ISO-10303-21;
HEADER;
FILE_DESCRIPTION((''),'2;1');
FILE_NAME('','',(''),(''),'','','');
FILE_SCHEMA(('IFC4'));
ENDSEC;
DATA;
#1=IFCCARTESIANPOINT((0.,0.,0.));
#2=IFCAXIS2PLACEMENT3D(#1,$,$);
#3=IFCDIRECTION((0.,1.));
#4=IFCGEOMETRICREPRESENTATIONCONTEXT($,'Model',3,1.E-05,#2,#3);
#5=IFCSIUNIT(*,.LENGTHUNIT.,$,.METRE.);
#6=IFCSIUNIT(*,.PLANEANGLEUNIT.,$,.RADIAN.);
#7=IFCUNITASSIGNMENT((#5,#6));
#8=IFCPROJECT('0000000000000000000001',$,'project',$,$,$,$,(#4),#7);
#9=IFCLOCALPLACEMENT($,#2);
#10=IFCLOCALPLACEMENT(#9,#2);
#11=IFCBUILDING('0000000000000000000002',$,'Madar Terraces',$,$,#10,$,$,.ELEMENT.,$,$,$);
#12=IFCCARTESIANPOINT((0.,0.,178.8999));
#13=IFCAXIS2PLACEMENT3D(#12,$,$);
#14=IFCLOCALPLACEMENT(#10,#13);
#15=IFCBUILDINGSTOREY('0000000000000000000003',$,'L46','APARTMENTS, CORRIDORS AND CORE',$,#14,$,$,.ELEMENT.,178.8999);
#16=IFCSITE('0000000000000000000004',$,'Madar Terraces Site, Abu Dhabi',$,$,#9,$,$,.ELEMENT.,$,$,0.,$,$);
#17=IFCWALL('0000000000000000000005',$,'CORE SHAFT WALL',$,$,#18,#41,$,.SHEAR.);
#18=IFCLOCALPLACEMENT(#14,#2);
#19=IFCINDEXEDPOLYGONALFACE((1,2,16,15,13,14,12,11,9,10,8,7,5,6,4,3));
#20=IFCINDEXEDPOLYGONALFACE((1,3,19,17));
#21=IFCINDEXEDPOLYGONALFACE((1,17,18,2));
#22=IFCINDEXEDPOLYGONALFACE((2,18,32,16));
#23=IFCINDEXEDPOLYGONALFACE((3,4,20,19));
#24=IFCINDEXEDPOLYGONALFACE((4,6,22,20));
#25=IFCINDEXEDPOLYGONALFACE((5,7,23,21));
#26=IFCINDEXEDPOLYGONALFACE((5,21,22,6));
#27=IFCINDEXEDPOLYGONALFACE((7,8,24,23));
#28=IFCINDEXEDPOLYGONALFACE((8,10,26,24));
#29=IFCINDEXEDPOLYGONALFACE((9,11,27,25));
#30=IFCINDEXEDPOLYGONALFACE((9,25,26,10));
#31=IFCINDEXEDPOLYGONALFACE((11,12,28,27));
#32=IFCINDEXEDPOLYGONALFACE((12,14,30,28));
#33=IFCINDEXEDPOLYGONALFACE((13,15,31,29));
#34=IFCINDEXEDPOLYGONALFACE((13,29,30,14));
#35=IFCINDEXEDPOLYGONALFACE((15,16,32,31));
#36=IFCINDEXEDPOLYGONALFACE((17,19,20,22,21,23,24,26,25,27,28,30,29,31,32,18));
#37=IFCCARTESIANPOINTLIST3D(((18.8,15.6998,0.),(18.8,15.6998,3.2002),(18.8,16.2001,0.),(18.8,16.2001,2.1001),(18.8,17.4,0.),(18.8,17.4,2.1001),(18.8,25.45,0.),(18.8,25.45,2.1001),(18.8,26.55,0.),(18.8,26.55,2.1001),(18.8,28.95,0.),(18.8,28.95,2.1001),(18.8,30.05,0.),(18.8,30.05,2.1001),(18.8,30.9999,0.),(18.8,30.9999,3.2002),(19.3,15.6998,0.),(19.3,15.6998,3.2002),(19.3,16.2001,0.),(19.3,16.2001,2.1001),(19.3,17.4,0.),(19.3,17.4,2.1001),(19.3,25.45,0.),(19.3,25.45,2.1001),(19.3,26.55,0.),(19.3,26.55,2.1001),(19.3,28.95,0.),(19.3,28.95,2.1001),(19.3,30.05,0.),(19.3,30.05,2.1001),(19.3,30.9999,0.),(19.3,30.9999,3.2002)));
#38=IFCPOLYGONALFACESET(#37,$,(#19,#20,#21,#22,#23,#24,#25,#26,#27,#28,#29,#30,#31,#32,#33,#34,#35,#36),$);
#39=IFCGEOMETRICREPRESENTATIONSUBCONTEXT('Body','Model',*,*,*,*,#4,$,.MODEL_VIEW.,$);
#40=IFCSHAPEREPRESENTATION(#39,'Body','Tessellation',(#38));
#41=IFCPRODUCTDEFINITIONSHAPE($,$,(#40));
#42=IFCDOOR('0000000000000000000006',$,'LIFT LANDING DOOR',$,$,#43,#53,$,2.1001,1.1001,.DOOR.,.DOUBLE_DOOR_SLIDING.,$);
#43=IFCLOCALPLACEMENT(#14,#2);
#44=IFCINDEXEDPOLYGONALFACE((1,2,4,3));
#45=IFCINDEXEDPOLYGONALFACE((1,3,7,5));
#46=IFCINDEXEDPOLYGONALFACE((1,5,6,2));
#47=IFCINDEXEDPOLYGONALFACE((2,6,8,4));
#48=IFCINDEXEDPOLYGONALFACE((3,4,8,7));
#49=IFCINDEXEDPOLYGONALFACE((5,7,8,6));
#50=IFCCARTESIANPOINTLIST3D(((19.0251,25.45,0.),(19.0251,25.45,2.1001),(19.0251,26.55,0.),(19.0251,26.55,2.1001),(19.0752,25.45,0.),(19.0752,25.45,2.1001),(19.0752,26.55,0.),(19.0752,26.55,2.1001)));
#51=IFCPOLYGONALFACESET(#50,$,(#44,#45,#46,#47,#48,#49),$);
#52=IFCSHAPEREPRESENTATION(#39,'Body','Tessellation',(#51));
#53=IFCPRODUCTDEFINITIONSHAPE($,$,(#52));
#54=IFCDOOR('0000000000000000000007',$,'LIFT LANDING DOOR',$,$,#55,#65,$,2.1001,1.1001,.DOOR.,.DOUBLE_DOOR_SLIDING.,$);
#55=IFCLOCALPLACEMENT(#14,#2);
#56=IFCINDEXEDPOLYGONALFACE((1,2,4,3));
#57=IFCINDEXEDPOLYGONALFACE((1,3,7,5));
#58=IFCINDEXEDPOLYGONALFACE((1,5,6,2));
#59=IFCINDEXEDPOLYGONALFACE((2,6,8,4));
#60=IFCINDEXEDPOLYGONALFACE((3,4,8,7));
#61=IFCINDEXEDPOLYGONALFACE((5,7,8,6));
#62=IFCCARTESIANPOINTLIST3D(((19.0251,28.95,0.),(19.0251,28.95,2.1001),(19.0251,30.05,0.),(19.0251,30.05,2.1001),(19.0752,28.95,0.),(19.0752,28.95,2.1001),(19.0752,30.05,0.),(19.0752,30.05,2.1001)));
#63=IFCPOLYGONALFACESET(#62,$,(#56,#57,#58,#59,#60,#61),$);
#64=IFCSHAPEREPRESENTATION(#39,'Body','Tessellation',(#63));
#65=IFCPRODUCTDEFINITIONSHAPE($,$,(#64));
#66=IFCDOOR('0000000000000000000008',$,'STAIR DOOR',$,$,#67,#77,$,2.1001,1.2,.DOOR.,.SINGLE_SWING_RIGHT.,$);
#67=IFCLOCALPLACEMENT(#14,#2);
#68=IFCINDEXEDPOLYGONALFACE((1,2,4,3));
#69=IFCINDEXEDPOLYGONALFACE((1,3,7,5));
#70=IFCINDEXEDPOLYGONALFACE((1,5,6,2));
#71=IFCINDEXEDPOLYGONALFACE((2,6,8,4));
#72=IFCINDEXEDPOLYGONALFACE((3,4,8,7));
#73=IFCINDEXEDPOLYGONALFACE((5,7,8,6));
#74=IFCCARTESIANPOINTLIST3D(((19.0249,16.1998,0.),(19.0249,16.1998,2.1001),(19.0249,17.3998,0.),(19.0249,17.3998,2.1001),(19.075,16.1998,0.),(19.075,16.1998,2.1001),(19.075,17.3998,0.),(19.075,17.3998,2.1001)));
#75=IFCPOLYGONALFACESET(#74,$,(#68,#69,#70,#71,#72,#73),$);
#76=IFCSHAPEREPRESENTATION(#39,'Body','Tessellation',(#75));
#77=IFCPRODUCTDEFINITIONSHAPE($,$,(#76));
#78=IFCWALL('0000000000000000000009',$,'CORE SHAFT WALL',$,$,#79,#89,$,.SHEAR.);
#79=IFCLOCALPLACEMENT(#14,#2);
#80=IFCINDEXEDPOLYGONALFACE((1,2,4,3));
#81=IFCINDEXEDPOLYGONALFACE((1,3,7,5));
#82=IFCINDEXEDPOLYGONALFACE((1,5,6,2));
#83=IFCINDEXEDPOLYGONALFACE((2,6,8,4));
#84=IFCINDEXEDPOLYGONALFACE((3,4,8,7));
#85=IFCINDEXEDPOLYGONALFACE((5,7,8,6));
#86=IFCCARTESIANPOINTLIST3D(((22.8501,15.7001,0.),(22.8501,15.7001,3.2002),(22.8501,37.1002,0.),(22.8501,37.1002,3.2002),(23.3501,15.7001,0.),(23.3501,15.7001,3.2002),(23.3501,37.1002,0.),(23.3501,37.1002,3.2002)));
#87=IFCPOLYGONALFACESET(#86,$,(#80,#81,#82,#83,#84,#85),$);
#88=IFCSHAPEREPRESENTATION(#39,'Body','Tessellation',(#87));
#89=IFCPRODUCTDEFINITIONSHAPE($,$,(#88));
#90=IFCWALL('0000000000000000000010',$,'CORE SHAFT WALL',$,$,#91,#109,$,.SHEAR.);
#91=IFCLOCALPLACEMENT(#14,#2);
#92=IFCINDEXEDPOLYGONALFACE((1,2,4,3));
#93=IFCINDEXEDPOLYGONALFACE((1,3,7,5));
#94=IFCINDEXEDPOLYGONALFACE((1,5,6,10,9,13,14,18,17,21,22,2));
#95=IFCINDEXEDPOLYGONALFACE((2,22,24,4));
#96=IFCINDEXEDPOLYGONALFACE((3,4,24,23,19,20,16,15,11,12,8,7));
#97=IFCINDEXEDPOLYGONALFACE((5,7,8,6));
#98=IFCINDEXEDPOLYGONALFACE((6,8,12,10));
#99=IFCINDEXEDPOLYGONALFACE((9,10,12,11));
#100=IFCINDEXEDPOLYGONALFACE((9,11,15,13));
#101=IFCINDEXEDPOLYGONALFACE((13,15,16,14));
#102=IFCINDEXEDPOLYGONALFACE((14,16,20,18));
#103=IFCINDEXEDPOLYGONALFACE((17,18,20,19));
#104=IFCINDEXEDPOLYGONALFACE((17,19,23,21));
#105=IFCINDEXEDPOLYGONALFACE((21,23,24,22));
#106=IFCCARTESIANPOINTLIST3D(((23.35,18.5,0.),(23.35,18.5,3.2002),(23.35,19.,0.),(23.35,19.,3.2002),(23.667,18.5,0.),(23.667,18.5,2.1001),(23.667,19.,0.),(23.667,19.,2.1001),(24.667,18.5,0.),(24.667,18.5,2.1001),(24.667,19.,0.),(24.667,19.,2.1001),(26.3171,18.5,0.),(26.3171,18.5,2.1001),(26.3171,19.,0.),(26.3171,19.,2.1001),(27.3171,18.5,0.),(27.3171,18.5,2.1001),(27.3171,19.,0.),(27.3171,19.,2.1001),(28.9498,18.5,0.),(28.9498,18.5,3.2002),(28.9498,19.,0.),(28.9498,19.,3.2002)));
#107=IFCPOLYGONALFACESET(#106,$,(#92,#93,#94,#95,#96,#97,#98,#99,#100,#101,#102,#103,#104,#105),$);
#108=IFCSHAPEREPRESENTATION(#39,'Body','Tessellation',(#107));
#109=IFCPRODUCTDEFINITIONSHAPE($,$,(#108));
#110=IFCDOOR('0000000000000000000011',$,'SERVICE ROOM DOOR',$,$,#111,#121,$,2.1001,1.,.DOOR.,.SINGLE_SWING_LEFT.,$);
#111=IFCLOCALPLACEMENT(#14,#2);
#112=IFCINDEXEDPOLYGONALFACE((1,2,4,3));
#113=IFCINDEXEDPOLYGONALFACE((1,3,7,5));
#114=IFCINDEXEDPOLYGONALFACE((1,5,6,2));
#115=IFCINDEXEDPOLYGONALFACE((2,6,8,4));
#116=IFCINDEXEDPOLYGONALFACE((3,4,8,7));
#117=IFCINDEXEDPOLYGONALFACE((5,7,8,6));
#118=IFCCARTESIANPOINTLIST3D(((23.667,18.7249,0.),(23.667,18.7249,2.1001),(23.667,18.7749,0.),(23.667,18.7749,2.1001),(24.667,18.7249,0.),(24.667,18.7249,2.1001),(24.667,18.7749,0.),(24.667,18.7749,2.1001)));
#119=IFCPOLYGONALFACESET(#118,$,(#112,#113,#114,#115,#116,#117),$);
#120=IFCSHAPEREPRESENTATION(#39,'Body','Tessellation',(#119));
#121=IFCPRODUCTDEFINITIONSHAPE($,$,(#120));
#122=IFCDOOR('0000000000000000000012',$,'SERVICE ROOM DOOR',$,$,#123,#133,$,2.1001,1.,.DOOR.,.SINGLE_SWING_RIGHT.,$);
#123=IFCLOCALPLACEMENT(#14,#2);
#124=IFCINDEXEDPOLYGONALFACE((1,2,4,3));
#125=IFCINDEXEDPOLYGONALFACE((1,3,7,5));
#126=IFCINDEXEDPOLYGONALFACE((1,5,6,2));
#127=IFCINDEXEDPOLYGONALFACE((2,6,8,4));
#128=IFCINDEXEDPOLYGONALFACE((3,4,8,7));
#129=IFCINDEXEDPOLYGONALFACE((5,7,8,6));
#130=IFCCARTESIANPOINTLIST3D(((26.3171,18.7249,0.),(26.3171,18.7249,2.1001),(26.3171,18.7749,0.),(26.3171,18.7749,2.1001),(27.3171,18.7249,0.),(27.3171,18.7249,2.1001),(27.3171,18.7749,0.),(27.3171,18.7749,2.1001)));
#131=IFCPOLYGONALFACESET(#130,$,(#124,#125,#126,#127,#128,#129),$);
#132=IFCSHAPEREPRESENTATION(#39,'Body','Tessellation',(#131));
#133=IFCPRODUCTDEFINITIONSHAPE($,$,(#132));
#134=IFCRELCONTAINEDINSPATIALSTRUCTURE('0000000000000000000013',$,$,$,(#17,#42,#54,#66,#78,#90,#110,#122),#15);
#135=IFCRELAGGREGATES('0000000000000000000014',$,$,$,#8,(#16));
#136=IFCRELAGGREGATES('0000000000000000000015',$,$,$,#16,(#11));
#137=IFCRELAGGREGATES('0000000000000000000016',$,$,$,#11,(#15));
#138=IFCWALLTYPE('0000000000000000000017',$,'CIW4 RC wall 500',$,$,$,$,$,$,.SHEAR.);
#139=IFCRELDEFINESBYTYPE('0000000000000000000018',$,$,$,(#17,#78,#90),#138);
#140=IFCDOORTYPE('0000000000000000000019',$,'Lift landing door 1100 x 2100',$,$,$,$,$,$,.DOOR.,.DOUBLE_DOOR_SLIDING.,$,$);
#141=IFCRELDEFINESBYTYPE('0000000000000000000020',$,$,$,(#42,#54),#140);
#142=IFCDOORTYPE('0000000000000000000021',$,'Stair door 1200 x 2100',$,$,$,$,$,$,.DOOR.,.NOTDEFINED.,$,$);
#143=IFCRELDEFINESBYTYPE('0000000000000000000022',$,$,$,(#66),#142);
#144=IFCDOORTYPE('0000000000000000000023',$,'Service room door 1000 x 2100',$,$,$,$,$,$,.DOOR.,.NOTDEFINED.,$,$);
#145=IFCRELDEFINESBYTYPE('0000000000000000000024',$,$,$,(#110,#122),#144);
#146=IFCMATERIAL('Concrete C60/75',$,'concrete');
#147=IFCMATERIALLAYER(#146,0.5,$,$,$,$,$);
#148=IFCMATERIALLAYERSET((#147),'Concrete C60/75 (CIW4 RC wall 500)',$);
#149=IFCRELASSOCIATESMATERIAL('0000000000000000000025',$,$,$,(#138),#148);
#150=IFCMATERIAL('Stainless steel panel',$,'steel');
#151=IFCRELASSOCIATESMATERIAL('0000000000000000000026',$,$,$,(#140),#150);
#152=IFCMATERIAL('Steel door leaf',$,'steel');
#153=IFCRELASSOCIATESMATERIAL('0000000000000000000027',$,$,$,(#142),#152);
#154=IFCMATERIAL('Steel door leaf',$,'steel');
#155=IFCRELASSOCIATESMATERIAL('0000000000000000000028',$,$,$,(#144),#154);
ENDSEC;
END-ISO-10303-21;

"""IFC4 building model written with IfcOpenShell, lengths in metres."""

from ifc_helpers import new_model, si_unit, direction, frame, frame_2d, origin, place, context, subcontext, project, spatial, rectangle, extrude, material, layer, layer_set, type_object, element, fill, save


model = new_model("IFC4")

# Units and contexts
model_context = context("Model", 3, precision=1e-05, world=origin(), true_north=direction((0.0, 1.0)))
body_context = subcontext(model_context, "Body", "Model", "MODEL_VIEW")
ifc_project = project(units=[si_unit("LENGTHUNIT", "METRE"), si_unit("PLANEANGLEUNIT", "RADIAN")], contexts=[model_context])

# Site, building, storey
site_placement = place(None, origin())
site = spatial("IfcSite", under=ifc_project, at=site_placement, Name="Madar Terraces Site, Abu Dhabi", CompositionType="ELEMENT", RefElevation=0.0)
building_placement = place(site_placement, origin())
building = spatial("IfcBuilding", under=site, at=building_placement, Name="Madar Terraces", CompositionType="ELEMENT")
storey_placement = place(building_placement, frame((0.0, 0.0, 178.8999)))
storey = spatial("IfcBuildingStorey", under=building, at=storey_placement, Name="L46", Description="APARTMENTS, CORRIDORS AND CORE", CompositionType="ELEMENT", Elevation=178.8999)

# Wall, openings, doors
ifc_material_1 = material(Name="Concrete C60/75", Category="concrete")
ifc_layer_1 = layer(ifc_material_1, 0.5)
ifc_layer_set_1 = layer_set([ifc_layer_1], Name="Concrete C60/75 (CIW4 RC wall 500)")
wall_type_1 = type_object("IfcWallType", Name="CIW4 RC wall 500", PredefinedType="SHEAR", material=ifc_layer_set_1)
wall_1_placement = place(storey_placement, frame((19.05, 15.7, 0.0), z_axis=(0.0, 0.0, 1.0), x_axis=(0.0, 1.0, 0.0)))
wall_1 = element("IfcWall", 1, at=wall_1_placement, inside=storey, type_object=wall_type_1, Name="CORE SHAFT WALL", PredefinedType="SHEAR", context=body_context, shape_type="SweptSolid", body=[
    extrude(rectangle(XDim=15.3, YDim=0.5, at=frame_2d((7.6499, 0.0))), origin(), (0.0, 0.0, 1.0), 3.2002),
])
opening_1_placement = place(wall_1_placement, frame((9.75, 0.0, 0.0)))
opening_1 = element("IfcOpeningElement", 2, at=opening_1_placement, cuts=wall_1, PredefinedType="OPENING", context=body_context, shape_type="SweptSolid", body=[
    extrude(rectangle(XDim=1.1001, YDim=2.1001, at=frame_2d((0.55, 1.05))), frame((0.0, 0.26, 0.0), z_axis=(0.0, -1.0, 0.0), x_axis=(1.0, 0.0, 0.0)), (0.0, 0.0, 1.0), 0.52),
])
opening_2_placement = place(wall_1_placement, frame((13.25, 0.0, 0.0)))
opening_2 = element("IfcOpeningElement", 3, at=opening_2_placement, cuts=wall_1, PredefinedType="OPENING", context=body_context, shape_type="SweptSolid", body=[
    extrude(rectangle(XDim=1.1001, YDim=2.1001, at=frame_2d((0.55, 1.05))), frame((0.0, 0.26, 0.0), z_axis=(0.0, -1.0, 0.0), x_axis=(1.0, 0.0, 0.0)), (0.0, 0.0, 1.0), 0.52),
])
opening_3_placement = place(wall_1_placement, frame((0.5, 0.0, 0.0)))
opening_3 = element("IfcOpeningElement", 4, at=opening_3_placement, cuts=wall_1, PredefinedType="OPENING", context=body_context, shape_type="SweptSolid", body=[
    extrude(rectangle(XDim=1.2, YDim=2.1001, at=frame_2d((0.6001, 1.05))), frame((0.0, 0.26, 0.0), z_axis=(0.0, -1.0, 0.0), x_axis=(1.0, 0.0, 0.0)), (0.0, 0.0, 1.0), 0.52),
])
ifc_material_2 = material(Name="Stainless steel panel", Category="steel")
door_type_1 = type_object("IfcDoorType", Name="Lift landing door 1100 x 2100", OperationType="DOUBLE_DOOR_SLIDING", PredefinedType="DOOR", material=ifc_material_2)
door_1_placement = place(opening_1_placement, origin())
door_1 = element("IfcDoor", 5, at=door_1_placement, inside=storey, type_object=door_type_1, Name="LIFT LANDING DOOR", OperationType="DOUBLE_DOOR_SLIDING", OverallHeight=2.1001, OverallWidth=1.1001, PredefinedType="DOOR", context=body_context, shape_type="SweptSolid", body=[
    extrude(rectangle(XDim=1.1001, YDim=2.1001, at=frame_2d((0.55, 1.05))), frame((0.0, 0.0249, 0.0), z_axis=(0.0, -1.0, 0.0), x_axis=(1.0, 0.0, 0.0)), (0.0, 0.0, 1.0), 0.05),
])
fill(opening_1, door_1)
door_2_placement = place(opening_2_placement, origin())
door_2 = element("IfcDoor", 6, at=door_2_placement, inside=storey, type_object=door_type_1, Name="LIFT LANDING DOOR", OperationType="DOUBLE_DOOR_SLIDING", OverallHeight=2.1001, OverallWidth=1.1001, PredefinedType="DOOR", context=body_context, shape_type="SweptSolid", body=[
    extrude(rectangle(XDim=1.1001, YDim=2.1001, at=frame_2d((0.55, 1.05))), frame((0.0, 0.0249, 0.0), z_axis=(0.0, -1.0, 0.0), x_axis=(1.0, 0.0, 0.0)), (0.0, 0.0, 1.0), 0.05),
])
fill(opening_2, door_2)
ifc_material_3 = material(Name="Steel door leaf", Category="steel")
door_type_2 = type_object("IfcDoorType", Name="Stair door 1200 x 2100", OperationType="NOTDEFINED", PredefinedType="DOOR", material=ifc_material_3)
door_3_placement = place(opening_3_placement, frame((1.2, 0.0, 0.0), z_axis=(0.0, 0.0, 1.0), x_axis=(-1.0, 0.0, 0.0)))
door_3 = element("IfcDoor", 7, at=door_3_placement, inside=storey, type_object=door_type_2, Name="STAIR DOOR", OperationType="SINGLE_SWING_RIGHT", OverallHeight=2.1001, OverallWidth=1.2, PredefinedType="DOOR", context=body_context, shape_type="SweptSolid", body=[
    extrude(rectangle(XDim=1.2, YDim=2.1001, at=frame_2d((0.6001, 1.05))), frame((0.0, 0.0249, 0.0), z_axis=(0.0, -1.0, 0.0), x_axis=(1.0, 0.0, 0.0)), (0.0, 0.0, 1.0), 0.05),
])
fill(opening_3, door_3)

# Wall
wall_2_placement = place(storey_placement, frame((23.1001, 15.7, 0.0), z_axis=(0.0, 0.0, 1.0), x_axis=(0.0, 1.0, 0.0)))
element("IfcWall", 8, at=wall_2_placement, inside=storey, type_object=wall_type_1, Name="CORE SHAFT WALL", PredefinedType="SHEAR", context=body_context, shape_type="SweptSolid", body=[
    extrude(rectangle(XDim=21.4001, YDim=0.5, at=frame_2d((10.7002, 0.0))), origin(), (0.0, 0.0, 1.0), 3.2002),
])

# Wall, openings, doors
wall_3_placement = place(storey_placement, frame((23.3501, 18.75, 0.0), z_axis=(0.0, 0.0, 1.0), x_axis=(1.0, 0.0, 0.0)))
wall_3 = element("IfcWall", 9, at=wall_3_placement, inside=storey, type_object=wall_type_1, Name="CORE SHAFT WALL", PredefinedType="SHEAR", context=body_context, shape_type="SweptSolid", body=[
    extrude(rectangle(XDim=5.5999, YDim=0.5, at=frame_2d((2.7998, 0.0))), origin(), (0.0, 0.0, 1.0), 3.2002),
])
opening_4_placement = place(wall_3_placement, frame((0.3169, 0.0, 0.0)))
opening_4 = element("IfcOpeningElement", 10, at=opening_4_placement, cuts=wall_3, PredefinedType="OPENING", context=body_context, shape_type="SweptSolid", body=[
    extrude(rectangle(XDim=1.0, YDim=2.1001, at=frame_2d((0.5, 1.05))), frame((0.0, 0.26, 0.0), z_axis=(0.0, -1.0, 0.0), x_axis=(1.0, 0.0, 0.0)), (0.0, 0.0, 1.0), 0.52),
])
opening_5_placement = place(wall_3_placement, frame((2.967, 0.0, 0.0)))
opening_5 = element("IfcOpeningElement", 11, at=opening_5_placement, cuts=wall_3, PredefinedType="OPENING", context=body_context, shape_type="SweptSolid", body=[
    extrude(rectangle(XDim=1.0, YDim=2.1001, at=frame_2d((0.5, 1.05))), frame((0.0, 0.26, 0.0), z_axis=(0.0, -1.0, 0.0), x_axis=(1.0, 0.0, 0.0)), (0.0, 0.0, 1.0), 0.52),
])
ifc_material_4 = material(Name="Steel door leaf", Category="steel")
door_type_3 = type_object("IfcDoorType", Name="Service room door 1000 x 2100", OperationType="NOTDEFINED", PredefinedType="DOOR", material=ifc_material_4)
door_4_placement = place(opening_4_placement, origin())
door_4 = element("IfcDoor", 12, at=door_4_placement, inside=storey, type_object=door_type_3, Name="SERVICE ROOM DOOR", OperationType="SINGLE_SWING_LEFT", OverallHeight=2.1001, OverallWidth=1.0, PredefinedType="DOOR", context=body_context, shape_type="SweptSolid", body=[
    extrude(rectangle(XDim=1.0, YDim=2.1001, at=frame_2d((0.5, 1.05))), frame((0.0, 0.0249, 0.0), z_axis=(0.0, -1.0, 0.0), x_axis=(1.0, 0.0, 0.0)), (0.0, 0.0, 1.0), 0.05),
])
fill(opening_4, door_4)
door_5_placement = place(opening_5_placement, origin())
door_5 = element("IfcDoor", 13, at=door_5_placement, inside=storey, type_object=door_type_3, Name="SERVICE ROOM DOOR", OperationType="SINGLE_SWING_RIGHT", OverallHeight=2.1001, OverallWidth=1.0, PredefinedType="DOOR", context=body_context, shape_type="SweptSolid", body=[
    extrude(rectangle(XDim=1.0, YDim=2.1001, at=frame_2d((0.5, 1.05))), frame((0.0, 0.0249, 0.0), z_axis=(0.0, -1.0, 0.0), x_axis=(1.0, 0.0, 0.0)), (0.0, 0.0, 1.0), 0.05),
])
fill(opening_5, door_5)

save(model, "model.ifc")
